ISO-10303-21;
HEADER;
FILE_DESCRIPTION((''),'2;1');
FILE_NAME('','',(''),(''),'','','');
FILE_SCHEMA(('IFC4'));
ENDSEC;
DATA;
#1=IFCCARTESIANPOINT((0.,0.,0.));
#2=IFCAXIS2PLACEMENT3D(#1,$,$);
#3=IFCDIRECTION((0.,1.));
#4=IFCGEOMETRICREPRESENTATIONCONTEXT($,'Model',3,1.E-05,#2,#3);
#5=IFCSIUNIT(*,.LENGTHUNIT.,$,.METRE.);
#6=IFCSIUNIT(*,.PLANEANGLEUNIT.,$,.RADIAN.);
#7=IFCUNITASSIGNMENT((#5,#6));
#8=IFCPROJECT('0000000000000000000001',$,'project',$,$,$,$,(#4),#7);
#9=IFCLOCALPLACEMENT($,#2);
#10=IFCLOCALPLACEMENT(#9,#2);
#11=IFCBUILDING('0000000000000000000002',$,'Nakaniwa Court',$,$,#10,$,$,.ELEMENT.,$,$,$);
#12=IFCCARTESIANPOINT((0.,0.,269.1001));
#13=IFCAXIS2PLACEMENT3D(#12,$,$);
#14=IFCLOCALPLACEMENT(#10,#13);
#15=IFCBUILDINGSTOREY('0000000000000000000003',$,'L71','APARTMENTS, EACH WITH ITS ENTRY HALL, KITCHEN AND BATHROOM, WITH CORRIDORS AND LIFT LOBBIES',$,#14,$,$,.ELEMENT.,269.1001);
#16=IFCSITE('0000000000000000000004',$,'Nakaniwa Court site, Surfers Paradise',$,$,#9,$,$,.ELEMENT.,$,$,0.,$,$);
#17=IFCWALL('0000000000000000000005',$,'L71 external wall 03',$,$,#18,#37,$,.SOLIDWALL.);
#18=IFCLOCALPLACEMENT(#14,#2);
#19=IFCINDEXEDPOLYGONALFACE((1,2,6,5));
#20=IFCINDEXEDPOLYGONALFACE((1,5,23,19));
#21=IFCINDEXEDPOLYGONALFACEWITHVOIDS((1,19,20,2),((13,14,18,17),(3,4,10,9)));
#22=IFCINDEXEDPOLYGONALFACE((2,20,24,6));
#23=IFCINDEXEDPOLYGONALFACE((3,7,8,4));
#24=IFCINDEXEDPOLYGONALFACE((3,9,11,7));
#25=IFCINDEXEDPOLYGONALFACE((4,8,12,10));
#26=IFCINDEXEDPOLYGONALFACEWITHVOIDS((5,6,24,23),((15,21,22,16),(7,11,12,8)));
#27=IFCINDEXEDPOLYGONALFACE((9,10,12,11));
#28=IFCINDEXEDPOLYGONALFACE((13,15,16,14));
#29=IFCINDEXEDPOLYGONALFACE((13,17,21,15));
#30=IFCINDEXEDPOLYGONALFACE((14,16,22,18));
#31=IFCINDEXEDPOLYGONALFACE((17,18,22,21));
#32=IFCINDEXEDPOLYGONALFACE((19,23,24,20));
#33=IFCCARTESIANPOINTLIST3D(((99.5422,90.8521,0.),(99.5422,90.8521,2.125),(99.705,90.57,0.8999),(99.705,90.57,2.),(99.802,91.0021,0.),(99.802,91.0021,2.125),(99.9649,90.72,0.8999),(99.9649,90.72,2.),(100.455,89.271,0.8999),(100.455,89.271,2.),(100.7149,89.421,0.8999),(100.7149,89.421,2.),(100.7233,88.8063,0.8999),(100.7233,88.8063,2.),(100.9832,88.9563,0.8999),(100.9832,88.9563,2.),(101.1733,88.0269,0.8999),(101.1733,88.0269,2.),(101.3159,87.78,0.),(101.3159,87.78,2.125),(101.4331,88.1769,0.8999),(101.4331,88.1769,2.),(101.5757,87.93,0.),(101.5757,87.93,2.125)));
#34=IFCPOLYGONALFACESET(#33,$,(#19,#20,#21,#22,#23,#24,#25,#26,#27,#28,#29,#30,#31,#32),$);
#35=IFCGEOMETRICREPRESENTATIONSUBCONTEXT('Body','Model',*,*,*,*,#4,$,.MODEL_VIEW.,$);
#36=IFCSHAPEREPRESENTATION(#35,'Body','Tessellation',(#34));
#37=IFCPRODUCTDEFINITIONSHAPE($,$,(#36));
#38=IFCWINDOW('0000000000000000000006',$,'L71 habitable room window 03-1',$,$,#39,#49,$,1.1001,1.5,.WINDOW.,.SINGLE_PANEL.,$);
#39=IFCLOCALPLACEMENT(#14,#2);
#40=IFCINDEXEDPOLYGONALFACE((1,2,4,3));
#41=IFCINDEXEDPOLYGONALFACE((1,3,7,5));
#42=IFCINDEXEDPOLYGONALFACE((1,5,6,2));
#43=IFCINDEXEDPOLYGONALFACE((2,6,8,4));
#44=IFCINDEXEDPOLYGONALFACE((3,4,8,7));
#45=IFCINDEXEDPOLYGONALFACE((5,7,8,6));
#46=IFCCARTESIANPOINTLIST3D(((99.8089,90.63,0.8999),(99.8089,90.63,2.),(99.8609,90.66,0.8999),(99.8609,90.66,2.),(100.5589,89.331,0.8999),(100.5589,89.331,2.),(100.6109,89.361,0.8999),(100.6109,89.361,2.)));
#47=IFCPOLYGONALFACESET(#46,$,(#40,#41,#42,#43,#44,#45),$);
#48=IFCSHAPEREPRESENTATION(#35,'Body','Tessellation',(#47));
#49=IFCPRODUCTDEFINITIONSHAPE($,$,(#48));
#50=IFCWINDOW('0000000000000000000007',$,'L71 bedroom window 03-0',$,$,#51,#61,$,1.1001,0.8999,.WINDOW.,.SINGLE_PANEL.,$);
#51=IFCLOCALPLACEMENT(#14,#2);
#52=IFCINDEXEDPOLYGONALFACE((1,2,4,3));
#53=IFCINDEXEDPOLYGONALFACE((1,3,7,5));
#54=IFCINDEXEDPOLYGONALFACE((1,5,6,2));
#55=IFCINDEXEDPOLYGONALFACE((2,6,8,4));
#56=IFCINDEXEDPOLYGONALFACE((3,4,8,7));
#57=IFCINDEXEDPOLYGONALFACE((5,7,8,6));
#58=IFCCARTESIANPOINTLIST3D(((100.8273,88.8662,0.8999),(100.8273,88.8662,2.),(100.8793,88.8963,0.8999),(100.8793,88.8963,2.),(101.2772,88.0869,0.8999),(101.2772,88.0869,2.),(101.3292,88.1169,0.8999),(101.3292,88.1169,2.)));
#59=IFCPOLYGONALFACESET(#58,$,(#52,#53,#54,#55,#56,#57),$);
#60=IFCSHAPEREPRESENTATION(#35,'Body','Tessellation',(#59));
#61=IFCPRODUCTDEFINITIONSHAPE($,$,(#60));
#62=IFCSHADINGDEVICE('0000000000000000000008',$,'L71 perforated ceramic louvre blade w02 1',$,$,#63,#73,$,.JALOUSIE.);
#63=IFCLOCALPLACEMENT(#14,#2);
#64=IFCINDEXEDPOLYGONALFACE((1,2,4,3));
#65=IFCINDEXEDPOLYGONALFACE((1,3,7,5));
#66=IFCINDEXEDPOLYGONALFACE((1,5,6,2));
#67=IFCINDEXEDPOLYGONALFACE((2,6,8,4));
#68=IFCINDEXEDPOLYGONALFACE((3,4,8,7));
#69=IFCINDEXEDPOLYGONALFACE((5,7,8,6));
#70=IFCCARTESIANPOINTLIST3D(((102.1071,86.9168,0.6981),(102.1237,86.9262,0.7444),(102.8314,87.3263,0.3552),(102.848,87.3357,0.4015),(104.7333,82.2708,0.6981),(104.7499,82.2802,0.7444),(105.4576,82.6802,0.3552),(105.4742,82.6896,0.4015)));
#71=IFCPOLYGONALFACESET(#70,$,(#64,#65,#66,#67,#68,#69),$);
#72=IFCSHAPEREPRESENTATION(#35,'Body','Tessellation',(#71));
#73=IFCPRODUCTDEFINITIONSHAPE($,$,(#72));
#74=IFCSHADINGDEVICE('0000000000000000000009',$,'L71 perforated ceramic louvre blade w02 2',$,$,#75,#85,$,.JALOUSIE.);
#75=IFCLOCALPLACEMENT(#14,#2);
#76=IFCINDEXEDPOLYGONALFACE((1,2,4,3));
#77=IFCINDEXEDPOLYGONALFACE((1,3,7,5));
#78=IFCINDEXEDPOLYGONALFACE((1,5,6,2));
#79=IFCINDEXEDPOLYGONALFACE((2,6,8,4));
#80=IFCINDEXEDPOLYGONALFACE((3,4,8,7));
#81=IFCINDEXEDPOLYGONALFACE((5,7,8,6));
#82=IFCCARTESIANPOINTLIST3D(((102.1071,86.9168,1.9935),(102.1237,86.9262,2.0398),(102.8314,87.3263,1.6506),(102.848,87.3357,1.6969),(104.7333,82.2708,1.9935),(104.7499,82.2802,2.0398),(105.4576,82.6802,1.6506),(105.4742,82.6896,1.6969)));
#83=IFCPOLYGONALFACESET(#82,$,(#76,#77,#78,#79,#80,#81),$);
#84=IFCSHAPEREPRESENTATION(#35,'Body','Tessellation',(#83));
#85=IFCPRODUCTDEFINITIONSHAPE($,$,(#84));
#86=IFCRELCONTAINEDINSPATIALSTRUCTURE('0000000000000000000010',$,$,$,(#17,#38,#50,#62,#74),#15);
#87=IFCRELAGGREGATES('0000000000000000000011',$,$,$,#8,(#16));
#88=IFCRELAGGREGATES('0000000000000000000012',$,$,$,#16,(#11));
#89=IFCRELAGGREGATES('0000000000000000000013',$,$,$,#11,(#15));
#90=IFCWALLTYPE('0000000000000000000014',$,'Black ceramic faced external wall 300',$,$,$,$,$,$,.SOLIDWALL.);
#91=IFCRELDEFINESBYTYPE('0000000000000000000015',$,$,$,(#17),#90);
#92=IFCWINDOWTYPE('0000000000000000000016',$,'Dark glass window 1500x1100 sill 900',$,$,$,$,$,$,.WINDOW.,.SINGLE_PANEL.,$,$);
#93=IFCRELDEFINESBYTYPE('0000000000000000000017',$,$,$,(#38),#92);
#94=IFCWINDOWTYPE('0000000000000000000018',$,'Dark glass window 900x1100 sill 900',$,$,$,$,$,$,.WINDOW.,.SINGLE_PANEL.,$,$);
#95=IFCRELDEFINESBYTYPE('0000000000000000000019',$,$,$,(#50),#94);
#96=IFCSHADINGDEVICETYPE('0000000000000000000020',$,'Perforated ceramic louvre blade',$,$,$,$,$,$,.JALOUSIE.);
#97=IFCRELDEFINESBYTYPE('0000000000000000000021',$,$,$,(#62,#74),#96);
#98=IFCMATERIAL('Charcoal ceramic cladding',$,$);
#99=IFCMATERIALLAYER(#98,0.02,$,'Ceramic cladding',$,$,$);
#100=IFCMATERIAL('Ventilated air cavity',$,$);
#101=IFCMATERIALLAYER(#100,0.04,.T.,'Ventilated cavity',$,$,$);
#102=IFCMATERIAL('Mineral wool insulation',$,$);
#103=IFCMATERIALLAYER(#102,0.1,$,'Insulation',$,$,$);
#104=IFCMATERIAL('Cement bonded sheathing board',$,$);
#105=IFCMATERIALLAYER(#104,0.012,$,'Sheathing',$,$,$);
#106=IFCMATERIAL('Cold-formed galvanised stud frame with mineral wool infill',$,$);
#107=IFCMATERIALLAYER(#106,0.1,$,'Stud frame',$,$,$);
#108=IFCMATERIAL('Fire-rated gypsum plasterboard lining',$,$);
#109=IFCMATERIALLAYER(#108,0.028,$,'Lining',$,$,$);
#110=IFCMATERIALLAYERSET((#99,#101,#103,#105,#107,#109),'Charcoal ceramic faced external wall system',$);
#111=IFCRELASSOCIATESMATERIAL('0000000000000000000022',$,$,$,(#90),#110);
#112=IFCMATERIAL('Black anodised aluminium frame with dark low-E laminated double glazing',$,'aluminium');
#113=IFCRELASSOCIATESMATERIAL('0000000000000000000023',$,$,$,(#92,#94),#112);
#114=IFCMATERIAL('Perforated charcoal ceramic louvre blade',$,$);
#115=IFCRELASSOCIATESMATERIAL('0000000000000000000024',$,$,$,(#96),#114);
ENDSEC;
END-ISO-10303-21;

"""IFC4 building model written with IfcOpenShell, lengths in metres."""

from ifc_helpers import new_model, si_unit, direction, frame, frame_2d, origin, origin_2d, place, context, subcontext, project, spatial, rectangle, extrude, material, layer, layer_set, material_profile, profile_set, type_object, element, fill, save


model = new_model("IFC4")

# Units and contexts
model_context = context("Model", 3, precision=1e-05, world=origin(), true_north=direction((0.0, 1.0)))
body_context = subcontext(model_context, "Body", "Model", "MODEL_VIEW")
ifc_project = project(units=[si_unit("LENGTHUNIT", "METRE"), si_unit("PLANEANGLEUNIT", "RADIAN")], contexts=[model_context])

# Site, building, storey
site_placement = place(None, origin())
site = spatial("IfcSite", under=ifc_project, at=site_placement, Name="Nakaniwa Court site, Surfers Paradise", CompositionType="ELEMENT", RefElevation=0.0)
building_placement = place(site_placement, origin())
building = spatial("IfcBuilding", under=site, at=building_placement, Name="Nakaniwa Court", CompositionType="ELEMENT")
storey_placement = place(building_placement, frame((0.0, 0.0, 269.1001)))
storey = spatial("IfcBuildingStorey", under=building, at=storey_placement, Name="L71", Description="APARTMENTS, EACH WITH ITS ENTRY HALL, KITCHEN AND BATHROOM, WITH CORRIDORS AND LIFT LOBBIES", CompositionType="ELEMENT", Elevation=269.1001)

# Shared definitions
ifc_material_1 = material(Name="Charcoal ceramic cladding")
ifc_layer_1 = layer(ifc_material_1, 0.02, Name="Ceramic cladding")
ifc_material_2 = material(Name="Ventilated air cavity")
ifc_layer_2 = layer(ifc_material_2, 0.04, ventilated=True, Name="Ventilated cavity")
ifc_material_3 = material(Name="Mineral wool insulation")
ifc_layer_3 = layer(ifc_material_3, 0.1, Name="Insulation")
ifc_material_4 = material(Name="Cement bonded sheathing board")
ifc_layer_4 = layer(ifc_material_4, 0.012, Name="Sheathing")
ifc_material_5 = material(Name="Cold-formed galvanised stud frame with mineral wool infill")
ifc_layer_5 = layer(ifc_material_5, 0.1, Name="Stud frame")
ifc_material_6 = material(Name="Fire-rated gypsum plasterboard lining")
ifc_layer_6 = layer(ifc_material_6, 0.028, Name="Lining")
ifc_layer_set = layer_set([ifc_layer_1, ifc_layer_2, ifc_layer_3, ifc_layer_4, ifc_layer_5, ifc_layer_6], Name="Charcoal ceramic faced external wall system")
wall_type = type_object("IfcWallType", Name="Black ceramic faced external wall 300", PredefinedType="SOLIDWALL", material=ifc_layer_set)
ifc_material_7 = material(Name="Black anodised aluminium frame with dark low-E laminated double glazing", Category="aluminium")
window_type_1 = type_object("IfcWindowType", Name="Dark glass window 1500x1100 sill 900", PartitioningType="SINGLE_PANEL", PredefinedType="WINDOW", material=ifc_material_7)

# Wall, openings, windows
wall_1_placement = place(storey_placement, frame((101.4458, 87.855, 0.0), z_axis=(0.0, 0.0, 1.0), x_axis=(-0.50001, 0.866019, 0.0)))
wall_1 = element("IfcWall", 1, at=wall_1_placement, inside=storey, type_object=wall_type, Name="L71 external wall 03", PredefinedType="SOLIDWALL", context=body_context, shape_type="SweptSolid", body=[
    extrude(rectangle(XDim=3.5474, YDim=0.3, at=frame_2d((1.7737, 0.0))), origin(), (0.0, 0.0, 1.0), 2.125),
])
opening_1_placement = place(wall_1_placement, frame((0.2852, 0.0, 0.8999)))
opening_1 = element("IfcOpeningElement", 2, at=opening_1_placement, cuts=wall_1, PredefinedType="OPENING", context=body_context, shape_type="SweptSolid", body=[
    extrude(rectangle(XDim=0.8999, YDim=1.1001, at=frame_2d((0.45, 0.55))), frame((0.0, 0.1599, 0.0), z_axis=(0.0, -1.0, 0.0), x_axis=(1.0, 0.0, 0.0)), (0.0, 0.0, 1.0), 0.3201),
])
opening_2_placement = place(wall_1_placement, frame((1.7217, 0.0, 0.8999)))
opening_2 = element("IfcOpeningElement", 3, at=opening_2_placement, cuts=wall_1, PredefinedType="OPENING", context=body_context, shape_type="SweptSolid", body=[
    extrude(rectangle(XDim=1.5, YDim=1.1001, at=frame_2d((0.75, 0.55))), frame((0.0, 0.1599, 0.0), z_axis=(0.0, -1.0, 0.0), x_axis=(1.0, 0.0, 0.0)), (0.0, 0.0, 1.0), 0.3201),
])
window_1_placement = place(opening_2_placement, origin())
window_1 = element("IfcWindow", 4, at=window_1_placement, inside=storey, type_object=window_type_1, Name="L71 habitable room window 03-1", OverallHeight=1.1001, OverallWidth=1.5, PartitioningType="SINGLE_PANEL", PredefinedType="WINDOW", context=body_context, shape_type="SweptSolid", body=[
    extrude(rectangle(XDim=1.5, YDim=1.1001, at=frame_2d((0.75, 0.55))), frame((0.0, 0.03, 0.0), z_axis=(0.0, -1.0, 0.0), x_axis=(1.0, 0.0, 0.0)), (0.0, 0.0, 1.0), 0.0601),
])
fill(opening_2, window_1)
window_type_2 = type_object("IfcWindowType", Name="Dark glass window 900x1100 sill 900", PartitioningType="SINGLE_PANEL", PredefinedType="WINDOW", material=ifc_material_7)
window_2_placement = place(opening_1_placement, origin())
window_2 = element("IfcWindow", 5, at=window_2_placement, inside=storey, type_object=window_type_2, Name="L71 bedroom window 03-0", OverallHeight=1.1001, OverallWidth=0.8999, PartitioningType="SINGLE_PANEL", PredefinedType="WINDOW", context=body_context, shape_type="SweptSolid", body=[
    extrude(rectangle(XDim=0.8999, YDim=1.1001, at=frame_2d((0.45, 0.55))), frame((0.0, 0.03, 0.0), z_axis=(0.0, -1.0, 0.0), x_axis=(1.0, 0.0, 0.0)), (0.0, 0.0, 1.0), 0.0601),
])
fill(opening_1, window_2)

# Shading devices
ifc_material_8 = material(Name="Perforated charcoal ceramic louvre blade")
ifc_material_profile_1 = material_profile(ifc_material_8, rectangle(XDim=0.8999, YDim=0.05, at=origin_2d()), Name="Perforated ceramic louvre blade")
ifc_profile_set_1 = profile_set([ifc_material_profile_1], Name="Perforated charcoal ceramic louvre blade")
shading_device_type = type_object("IfcShadingDeviceType", Name="Perforated ceramic louvre blade", PredefinedType="JALOUSIE", material=ifc_profile_set_1)
for number, where, z_axis, x_axis, name in (
    (6, (105.1038, 82.4802, 0.5498), (-0.492089, 0.870545, 0.0), (-0.804859, -0.454959, 0.38107), "L71 perforated ceramic louvre blade w02 1"),
    (7, (105.1038, 82.4802, 1.8452), (-0.492089, 0.870545, 0.0), (-0.804859, -0.454959, 0.38107), "L71 perforated ceramic louvre blade w02 2"),
):
    element("IfcShadingDevice", number, at=place(storey_placement, frame(where, z_axis=z_axis, x_axis=x_axis)), inside=storey, type_object=shading_device_type, Name=name, PredefinedType="JALOUSIE", context=body_context, shape_type="SweptSolid", body=[
        extrude(rectangle(XDim=0.8999, YDim=0.05, at=origin_2d()), origin(), (0.0, 0.0, 1.0), 5.3369),
    ])

save(model, "model.ifc")
